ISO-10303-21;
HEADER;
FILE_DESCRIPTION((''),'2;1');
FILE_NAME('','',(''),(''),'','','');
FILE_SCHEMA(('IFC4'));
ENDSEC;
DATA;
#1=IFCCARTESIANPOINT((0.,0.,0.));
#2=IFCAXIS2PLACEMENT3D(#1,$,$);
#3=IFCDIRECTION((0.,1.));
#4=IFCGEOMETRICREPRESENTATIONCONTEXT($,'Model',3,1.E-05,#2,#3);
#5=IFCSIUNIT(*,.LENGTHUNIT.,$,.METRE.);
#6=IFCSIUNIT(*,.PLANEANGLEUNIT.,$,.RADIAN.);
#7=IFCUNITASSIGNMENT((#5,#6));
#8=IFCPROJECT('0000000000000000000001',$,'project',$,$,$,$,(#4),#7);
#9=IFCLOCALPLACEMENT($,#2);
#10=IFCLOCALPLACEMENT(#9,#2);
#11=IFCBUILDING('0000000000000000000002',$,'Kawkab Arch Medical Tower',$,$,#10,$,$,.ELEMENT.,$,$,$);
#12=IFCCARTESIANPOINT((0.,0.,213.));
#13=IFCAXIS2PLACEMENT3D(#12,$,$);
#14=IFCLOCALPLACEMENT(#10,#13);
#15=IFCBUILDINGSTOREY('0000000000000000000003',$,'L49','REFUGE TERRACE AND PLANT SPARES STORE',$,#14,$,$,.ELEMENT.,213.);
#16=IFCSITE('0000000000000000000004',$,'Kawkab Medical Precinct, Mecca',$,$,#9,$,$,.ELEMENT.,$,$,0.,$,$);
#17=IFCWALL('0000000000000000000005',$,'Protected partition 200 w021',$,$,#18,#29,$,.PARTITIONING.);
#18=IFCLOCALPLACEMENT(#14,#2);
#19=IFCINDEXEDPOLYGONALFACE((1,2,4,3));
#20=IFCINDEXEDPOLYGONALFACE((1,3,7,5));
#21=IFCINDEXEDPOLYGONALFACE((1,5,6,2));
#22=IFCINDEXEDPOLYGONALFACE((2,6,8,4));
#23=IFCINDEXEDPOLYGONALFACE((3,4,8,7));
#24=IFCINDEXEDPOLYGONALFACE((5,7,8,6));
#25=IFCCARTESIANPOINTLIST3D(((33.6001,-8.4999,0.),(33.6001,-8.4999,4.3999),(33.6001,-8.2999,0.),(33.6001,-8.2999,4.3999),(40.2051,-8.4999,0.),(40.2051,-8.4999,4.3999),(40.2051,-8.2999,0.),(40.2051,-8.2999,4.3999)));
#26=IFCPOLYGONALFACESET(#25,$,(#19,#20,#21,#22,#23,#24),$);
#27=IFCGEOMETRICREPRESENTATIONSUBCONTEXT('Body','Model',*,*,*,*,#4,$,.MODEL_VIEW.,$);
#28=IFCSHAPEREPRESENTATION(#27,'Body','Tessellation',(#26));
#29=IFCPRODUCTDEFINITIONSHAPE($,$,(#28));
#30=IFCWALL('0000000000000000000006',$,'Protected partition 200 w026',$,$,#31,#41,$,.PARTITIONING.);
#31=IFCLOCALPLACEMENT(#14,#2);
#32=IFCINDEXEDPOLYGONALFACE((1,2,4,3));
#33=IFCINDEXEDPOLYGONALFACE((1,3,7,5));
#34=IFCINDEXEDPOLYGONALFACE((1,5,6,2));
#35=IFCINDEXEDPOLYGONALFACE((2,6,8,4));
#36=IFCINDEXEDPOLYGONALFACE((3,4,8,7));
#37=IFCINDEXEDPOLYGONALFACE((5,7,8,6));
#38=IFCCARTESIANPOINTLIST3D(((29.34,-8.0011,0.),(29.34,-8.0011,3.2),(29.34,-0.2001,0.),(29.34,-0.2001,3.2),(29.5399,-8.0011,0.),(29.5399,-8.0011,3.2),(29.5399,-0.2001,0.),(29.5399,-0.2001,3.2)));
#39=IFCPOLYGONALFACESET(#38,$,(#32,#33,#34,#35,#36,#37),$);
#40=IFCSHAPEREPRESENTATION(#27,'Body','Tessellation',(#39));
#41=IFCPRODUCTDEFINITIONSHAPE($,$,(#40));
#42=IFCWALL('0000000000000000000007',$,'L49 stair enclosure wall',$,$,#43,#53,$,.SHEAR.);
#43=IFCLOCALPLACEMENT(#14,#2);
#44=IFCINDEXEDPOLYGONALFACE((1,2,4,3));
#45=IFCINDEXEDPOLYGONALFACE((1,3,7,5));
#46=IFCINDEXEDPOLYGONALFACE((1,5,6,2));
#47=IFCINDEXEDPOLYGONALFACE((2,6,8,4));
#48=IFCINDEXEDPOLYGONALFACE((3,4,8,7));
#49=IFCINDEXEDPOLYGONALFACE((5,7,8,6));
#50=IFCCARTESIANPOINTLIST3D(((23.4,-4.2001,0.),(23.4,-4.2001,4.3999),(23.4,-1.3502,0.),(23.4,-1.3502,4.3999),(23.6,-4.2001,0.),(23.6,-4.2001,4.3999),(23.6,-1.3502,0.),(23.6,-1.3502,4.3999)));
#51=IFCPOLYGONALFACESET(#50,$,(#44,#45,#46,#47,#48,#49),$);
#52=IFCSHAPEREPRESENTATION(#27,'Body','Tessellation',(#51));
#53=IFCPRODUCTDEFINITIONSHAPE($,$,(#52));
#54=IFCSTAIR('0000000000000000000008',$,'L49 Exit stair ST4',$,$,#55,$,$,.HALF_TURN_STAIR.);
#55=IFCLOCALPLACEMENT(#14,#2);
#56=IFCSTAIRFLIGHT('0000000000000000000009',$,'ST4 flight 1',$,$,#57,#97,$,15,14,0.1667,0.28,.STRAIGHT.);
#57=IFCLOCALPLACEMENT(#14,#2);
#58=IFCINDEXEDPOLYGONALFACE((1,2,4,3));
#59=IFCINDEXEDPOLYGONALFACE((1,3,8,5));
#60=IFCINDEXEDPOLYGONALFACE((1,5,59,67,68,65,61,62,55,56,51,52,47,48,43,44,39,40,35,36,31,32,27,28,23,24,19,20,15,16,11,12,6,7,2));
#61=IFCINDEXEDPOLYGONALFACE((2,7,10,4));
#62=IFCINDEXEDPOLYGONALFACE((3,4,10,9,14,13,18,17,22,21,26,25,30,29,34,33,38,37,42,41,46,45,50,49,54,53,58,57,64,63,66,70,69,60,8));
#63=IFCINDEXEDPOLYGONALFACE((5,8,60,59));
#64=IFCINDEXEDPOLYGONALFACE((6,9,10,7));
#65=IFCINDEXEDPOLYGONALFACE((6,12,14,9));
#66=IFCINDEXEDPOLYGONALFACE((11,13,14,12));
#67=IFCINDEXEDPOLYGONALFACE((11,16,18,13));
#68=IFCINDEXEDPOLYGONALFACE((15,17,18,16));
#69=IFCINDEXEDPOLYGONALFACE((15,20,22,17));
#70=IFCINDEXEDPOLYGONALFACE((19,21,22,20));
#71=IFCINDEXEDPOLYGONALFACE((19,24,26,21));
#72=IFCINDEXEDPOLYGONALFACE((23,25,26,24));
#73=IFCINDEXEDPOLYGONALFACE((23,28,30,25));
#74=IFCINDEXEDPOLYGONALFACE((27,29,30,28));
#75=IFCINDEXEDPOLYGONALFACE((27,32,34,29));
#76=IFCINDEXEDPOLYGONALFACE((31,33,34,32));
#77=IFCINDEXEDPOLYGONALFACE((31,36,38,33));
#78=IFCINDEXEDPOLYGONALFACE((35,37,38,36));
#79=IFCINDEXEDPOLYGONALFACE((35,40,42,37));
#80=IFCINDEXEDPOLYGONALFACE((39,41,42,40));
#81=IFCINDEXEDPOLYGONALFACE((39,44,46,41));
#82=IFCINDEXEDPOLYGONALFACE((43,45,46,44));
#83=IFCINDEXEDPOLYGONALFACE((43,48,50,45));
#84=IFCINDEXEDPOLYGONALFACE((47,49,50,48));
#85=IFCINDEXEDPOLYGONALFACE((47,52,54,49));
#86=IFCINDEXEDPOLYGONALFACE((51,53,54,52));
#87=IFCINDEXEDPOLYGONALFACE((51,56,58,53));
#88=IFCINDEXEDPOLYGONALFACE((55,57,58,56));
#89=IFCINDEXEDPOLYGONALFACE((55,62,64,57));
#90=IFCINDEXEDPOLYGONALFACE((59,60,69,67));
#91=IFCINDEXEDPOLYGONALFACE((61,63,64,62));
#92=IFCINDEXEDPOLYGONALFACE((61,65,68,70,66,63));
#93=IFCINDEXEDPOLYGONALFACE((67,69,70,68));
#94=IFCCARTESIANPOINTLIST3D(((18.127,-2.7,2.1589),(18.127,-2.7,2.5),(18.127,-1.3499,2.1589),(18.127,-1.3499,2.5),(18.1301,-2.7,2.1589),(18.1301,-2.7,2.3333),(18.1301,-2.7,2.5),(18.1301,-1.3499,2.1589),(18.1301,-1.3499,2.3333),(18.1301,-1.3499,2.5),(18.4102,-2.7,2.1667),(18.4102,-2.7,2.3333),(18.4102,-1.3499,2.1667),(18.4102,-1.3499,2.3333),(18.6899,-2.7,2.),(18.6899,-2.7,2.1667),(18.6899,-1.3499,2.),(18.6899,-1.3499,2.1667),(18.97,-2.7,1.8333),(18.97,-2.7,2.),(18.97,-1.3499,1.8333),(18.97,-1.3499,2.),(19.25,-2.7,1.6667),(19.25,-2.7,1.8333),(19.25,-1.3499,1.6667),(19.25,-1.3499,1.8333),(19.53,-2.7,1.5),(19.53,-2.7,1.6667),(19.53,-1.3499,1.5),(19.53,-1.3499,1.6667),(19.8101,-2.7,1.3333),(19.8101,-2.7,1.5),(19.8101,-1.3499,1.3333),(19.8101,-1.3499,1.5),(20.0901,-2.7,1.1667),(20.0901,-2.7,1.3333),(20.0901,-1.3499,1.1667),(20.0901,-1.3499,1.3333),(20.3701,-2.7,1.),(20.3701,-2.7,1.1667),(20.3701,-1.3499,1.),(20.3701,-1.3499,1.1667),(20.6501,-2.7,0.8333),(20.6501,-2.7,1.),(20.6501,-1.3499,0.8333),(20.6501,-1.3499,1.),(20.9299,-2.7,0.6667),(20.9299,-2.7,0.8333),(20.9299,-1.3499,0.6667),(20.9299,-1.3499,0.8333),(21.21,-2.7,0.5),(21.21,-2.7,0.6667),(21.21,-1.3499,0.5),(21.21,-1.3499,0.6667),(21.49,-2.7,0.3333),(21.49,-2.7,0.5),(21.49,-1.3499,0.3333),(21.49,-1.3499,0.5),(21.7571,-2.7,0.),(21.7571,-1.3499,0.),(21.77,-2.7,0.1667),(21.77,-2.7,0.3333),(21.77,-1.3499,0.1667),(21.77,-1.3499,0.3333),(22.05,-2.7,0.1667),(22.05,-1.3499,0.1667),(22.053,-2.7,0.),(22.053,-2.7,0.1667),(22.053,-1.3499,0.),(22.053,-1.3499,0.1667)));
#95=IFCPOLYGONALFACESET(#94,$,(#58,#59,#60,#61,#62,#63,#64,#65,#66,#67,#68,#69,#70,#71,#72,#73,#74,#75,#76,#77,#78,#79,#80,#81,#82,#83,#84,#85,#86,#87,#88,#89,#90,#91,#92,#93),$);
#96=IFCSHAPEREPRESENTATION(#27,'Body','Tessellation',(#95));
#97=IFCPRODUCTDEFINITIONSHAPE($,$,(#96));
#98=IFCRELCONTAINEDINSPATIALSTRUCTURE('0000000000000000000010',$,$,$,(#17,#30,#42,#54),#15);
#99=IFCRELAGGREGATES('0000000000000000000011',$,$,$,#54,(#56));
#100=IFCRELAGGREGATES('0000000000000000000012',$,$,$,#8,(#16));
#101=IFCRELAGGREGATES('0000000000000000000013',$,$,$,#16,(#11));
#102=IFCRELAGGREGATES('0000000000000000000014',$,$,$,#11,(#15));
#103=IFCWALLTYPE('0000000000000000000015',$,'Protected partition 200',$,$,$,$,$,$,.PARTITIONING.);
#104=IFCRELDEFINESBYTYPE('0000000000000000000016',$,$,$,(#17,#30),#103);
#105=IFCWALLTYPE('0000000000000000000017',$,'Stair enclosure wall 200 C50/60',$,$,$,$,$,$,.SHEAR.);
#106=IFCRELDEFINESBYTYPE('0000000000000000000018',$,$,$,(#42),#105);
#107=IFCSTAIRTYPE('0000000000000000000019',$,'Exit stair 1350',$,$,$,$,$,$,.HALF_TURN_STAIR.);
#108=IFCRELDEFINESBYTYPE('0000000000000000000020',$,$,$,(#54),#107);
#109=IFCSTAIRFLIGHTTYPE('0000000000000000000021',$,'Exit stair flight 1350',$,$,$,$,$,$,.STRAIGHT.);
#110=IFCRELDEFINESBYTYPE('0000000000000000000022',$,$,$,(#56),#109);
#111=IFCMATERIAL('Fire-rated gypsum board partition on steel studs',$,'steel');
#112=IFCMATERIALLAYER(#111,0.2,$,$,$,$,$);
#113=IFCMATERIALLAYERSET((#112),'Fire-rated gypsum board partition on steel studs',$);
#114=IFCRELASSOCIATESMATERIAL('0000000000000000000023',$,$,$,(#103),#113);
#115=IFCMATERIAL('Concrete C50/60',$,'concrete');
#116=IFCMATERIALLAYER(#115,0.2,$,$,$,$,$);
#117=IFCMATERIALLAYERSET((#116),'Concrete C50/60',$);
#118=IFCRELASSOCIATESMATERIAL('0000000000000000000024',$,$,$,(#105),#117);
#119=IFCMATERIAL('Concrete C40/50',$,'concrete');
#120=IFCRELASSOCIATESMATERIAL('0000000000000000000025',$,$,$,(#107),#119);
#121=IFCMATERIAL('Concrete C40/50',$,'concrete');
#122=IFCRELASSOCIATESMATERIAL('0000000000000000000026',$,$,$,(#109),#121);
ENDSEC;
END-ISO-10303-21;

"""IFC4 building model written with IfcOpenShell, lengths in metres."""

from ifc_helpers import new_model, si_unit, direction, frame, frame_2d, origin, place, context, subcontext, project, spatial, polyline, rectangle, outline, extrude, material, layer, layer_set, type_object, element, aggregate, save


model = new_model("IFC4")

# Units and contexts
model_context = context("Model", 3, precision=1e-05, world=origin(), true_north=direction((0.0, 1.0)))
body_context = subcontext(model_context, "Body", "Model", "MODEL_VIEW")
ifc_project = project(units=[si_unit("LENGTHUNIT", "METRE"), si_unit("PLANEANGLEUNIT", "RADIAN")], contexts=[model_context])

# Site, building, storey
site_placement = place(None, origin())
site = spatial("IfcSite", under=ifc_project, at=site_placement, Name="Kawkab Medical Precinct, Mecca", CompositionType="ELEMENT", RefElevation=0.0)
building_placement = place(site_placement, origin())
building = spatial("IfcBuilding", under=site, at=building_placement, Name="Kawkab Arch Medical Tower", CompositionType="ELEMENT")
storey_placement = place(building_placement, frame((0.0, 0.0, 213.0)))
storey = spatial("IfcBuildingStorey", under=building, at=storey_placement, Name="L49", Description="REFUGE TERRACE AND PLANT SPARES STORE", CompositionType="ELEMENT", Elevation=213.0)

# Shared definitions
placement = place(storey_placement, frame((33.6001, -8.3999, 0.0), z_axis=(0.0, 0.0, 1.0), x_axis=(1.0, 0.0, 0.0)))

# Walls
ifc_material_1 = material(Name="Fire-rated gypsum board partition on steel studs", Category="steel")
ifc_layer_1 = layer(ifc_material_1, 0.2)
ifc_layer_set_1 = layer_set([ifc_layer_1], Name="Fire-rated gypsum board partition on steel studs")
wall_type_1 = type_object("IfcWallType", Name="Protected partition 200", PredefinedType="PARTITIONING", material=ifc_layer_set_1)
element("IfcWall", 1, at=placement, inside=storey, type_object=wall_type_1, Name="Protected partition 200 w021", PredefinedType="PARTITIONING", context=body_context, shape_type="SweptSolid", body=[
    extrude(rectangle(XDim=6.605, YDim=0.2, at=frame_2d((3.3025, 0.0))), origin(), (0.0, 0.0, 1.0), 4.3999),
])
wall_1_placement = place(storey_placement, frame((29.4399, -8.001, 0.0), z_axis=(0.0, 0.0, 1.0), x_axis=(0.0, 1.0, 0.0)))
element("IfcWall", 2, at=wall_1_placement, inside=storey, type_object=wall_type_1, Name="Protected partition 200 w026", PredefinedType="PARTITIONING", context=body_context, shape_type="SweptSolid", body=[
    extrude(rectangle(XDim=7.801, YDim=0.2, at=frame_2d((3.9004, 0.0))), origin(), (0.0, 0.0, 1.0), 3.2),
])
ifc_material_2 = material(Name="Concrete C50/60", Category="concrete")
ifc_layer_2 = layer(ifc_material_2, 0.2)
ifc_layer_set_2 = layer_set([ifc_layer_2], Name="Concrete C50/60")
wall_type_2 = type_object("IfcWallType", Name="Stair enclosure wall 200 C50/60", PredefinedType="SHEAR", material=ifc_layer_set_2)
wall_2_placement = place(storey_placement, frame((23.5, -4.2, 0.0), z_axis=(0.0, 0.0, 1.0), x_axis=(0.0, 1.0, 0.0)))
element("IfcWall", 3, at=wall_2_placement, inside=storey, type_object=wall_type_2, Name="L49 stair enclosure wall", PredefinedType="SHEAR", context=body_context, shape_type="SweptSolid", body=[
    extrude(rectangle(XDim=2.8499, YDim=0.2, at=frame_2d((1.4248, 0.0))), origin(), (0.0, 0.0, 1.0), 4.3999),
])

# Stair, stair flight
ifc_material_3 = material(Name="Concrete C40/50", Category="concrete")
stair_type = type_object("IfcStairType", Name="Exit stair 1350", PredefinedType="HALF_TURN_STAIR", material=ifc_material_3)
stair_placement = place(storey_placement, origin())
stair = element("IfcStair", 4, at=stair_placement, inside=storey, type_object=stair_type, Name="L49 Exit stair ST4", PredefinedType="HALF_TURN_STAIR")
ifc_material_4 = material(Name="Concrete C40/50", Category="concrete")
stair_flight_type = type_object("IfcStairFlightType", Name="Exit stair flight 1350", PredefinedType="STRAIGHT", material=ifc_material_4)
stair_flight_placement = place(storey_placement, frame((22.05, -2.0249, 0.0), z_axis=(0.0, 0.0, 1.0), x_axis=(-1.0, 0.0, 0.0)))
stair_flight = element("IfcStairFlight", 5, at=stair_flight_placement, type_object=stair_flight_type, Name="ST4 flight 1", NumberOfRisers=15, NumberOfTreads=14, PredefinedType="STRAIGHT", RiserHeight=0.1667, TreadLength=0.28, context=body_context, shape_type="SweptSolid", body=[
    extrude(outline(polyline([(-0.0029, 0.0), (-0.0029, 0.1667), (0.0, 0.1667), (0.28, 0.1667), (0.28, 0.3333), (0.5601, 0.3333), (0.5601, 0.5), (0.8401, 0.5), (0.8401, 0.6667), (1.1201, 0.6667), (1.1201, 0.8333), (1.3999, 0.8333), (1.3999, 1.0), (1.6799, 1.0), (1.6799, 1.1667), (1.96, 1.1667), (1.96, 1.3333), (2.24, 1.3333), (2.24, 1.5), (2.52, 1.5), (2.52, 1.6667), (2.8, 1.6667), (2.8, 1.8333), (3.0801, 1.8333), (3.0801, 2.0), (3.3601, 2.0), (3.3601, 2.1667), (3.6399, 2.1667), (3.6399, 2.3333), (3.9199, 2.3333), (3.9199, 2.5), (3.9231, 2.5), (3.9231, 2.1589), (3.9199, 2.1589), (0.293, 0.0), (-0.0029, 0.0)])), frame((0.0, 0.675, 0.0), z_axis=(0.0, -1.0, 0.0), x_axis=(1.0, 0.0, 0.0)), (0.0, 0.0, 1.0), 1.3501),
])
aggregate(stair, [stair_flight])

save(model, "model.ifc")
